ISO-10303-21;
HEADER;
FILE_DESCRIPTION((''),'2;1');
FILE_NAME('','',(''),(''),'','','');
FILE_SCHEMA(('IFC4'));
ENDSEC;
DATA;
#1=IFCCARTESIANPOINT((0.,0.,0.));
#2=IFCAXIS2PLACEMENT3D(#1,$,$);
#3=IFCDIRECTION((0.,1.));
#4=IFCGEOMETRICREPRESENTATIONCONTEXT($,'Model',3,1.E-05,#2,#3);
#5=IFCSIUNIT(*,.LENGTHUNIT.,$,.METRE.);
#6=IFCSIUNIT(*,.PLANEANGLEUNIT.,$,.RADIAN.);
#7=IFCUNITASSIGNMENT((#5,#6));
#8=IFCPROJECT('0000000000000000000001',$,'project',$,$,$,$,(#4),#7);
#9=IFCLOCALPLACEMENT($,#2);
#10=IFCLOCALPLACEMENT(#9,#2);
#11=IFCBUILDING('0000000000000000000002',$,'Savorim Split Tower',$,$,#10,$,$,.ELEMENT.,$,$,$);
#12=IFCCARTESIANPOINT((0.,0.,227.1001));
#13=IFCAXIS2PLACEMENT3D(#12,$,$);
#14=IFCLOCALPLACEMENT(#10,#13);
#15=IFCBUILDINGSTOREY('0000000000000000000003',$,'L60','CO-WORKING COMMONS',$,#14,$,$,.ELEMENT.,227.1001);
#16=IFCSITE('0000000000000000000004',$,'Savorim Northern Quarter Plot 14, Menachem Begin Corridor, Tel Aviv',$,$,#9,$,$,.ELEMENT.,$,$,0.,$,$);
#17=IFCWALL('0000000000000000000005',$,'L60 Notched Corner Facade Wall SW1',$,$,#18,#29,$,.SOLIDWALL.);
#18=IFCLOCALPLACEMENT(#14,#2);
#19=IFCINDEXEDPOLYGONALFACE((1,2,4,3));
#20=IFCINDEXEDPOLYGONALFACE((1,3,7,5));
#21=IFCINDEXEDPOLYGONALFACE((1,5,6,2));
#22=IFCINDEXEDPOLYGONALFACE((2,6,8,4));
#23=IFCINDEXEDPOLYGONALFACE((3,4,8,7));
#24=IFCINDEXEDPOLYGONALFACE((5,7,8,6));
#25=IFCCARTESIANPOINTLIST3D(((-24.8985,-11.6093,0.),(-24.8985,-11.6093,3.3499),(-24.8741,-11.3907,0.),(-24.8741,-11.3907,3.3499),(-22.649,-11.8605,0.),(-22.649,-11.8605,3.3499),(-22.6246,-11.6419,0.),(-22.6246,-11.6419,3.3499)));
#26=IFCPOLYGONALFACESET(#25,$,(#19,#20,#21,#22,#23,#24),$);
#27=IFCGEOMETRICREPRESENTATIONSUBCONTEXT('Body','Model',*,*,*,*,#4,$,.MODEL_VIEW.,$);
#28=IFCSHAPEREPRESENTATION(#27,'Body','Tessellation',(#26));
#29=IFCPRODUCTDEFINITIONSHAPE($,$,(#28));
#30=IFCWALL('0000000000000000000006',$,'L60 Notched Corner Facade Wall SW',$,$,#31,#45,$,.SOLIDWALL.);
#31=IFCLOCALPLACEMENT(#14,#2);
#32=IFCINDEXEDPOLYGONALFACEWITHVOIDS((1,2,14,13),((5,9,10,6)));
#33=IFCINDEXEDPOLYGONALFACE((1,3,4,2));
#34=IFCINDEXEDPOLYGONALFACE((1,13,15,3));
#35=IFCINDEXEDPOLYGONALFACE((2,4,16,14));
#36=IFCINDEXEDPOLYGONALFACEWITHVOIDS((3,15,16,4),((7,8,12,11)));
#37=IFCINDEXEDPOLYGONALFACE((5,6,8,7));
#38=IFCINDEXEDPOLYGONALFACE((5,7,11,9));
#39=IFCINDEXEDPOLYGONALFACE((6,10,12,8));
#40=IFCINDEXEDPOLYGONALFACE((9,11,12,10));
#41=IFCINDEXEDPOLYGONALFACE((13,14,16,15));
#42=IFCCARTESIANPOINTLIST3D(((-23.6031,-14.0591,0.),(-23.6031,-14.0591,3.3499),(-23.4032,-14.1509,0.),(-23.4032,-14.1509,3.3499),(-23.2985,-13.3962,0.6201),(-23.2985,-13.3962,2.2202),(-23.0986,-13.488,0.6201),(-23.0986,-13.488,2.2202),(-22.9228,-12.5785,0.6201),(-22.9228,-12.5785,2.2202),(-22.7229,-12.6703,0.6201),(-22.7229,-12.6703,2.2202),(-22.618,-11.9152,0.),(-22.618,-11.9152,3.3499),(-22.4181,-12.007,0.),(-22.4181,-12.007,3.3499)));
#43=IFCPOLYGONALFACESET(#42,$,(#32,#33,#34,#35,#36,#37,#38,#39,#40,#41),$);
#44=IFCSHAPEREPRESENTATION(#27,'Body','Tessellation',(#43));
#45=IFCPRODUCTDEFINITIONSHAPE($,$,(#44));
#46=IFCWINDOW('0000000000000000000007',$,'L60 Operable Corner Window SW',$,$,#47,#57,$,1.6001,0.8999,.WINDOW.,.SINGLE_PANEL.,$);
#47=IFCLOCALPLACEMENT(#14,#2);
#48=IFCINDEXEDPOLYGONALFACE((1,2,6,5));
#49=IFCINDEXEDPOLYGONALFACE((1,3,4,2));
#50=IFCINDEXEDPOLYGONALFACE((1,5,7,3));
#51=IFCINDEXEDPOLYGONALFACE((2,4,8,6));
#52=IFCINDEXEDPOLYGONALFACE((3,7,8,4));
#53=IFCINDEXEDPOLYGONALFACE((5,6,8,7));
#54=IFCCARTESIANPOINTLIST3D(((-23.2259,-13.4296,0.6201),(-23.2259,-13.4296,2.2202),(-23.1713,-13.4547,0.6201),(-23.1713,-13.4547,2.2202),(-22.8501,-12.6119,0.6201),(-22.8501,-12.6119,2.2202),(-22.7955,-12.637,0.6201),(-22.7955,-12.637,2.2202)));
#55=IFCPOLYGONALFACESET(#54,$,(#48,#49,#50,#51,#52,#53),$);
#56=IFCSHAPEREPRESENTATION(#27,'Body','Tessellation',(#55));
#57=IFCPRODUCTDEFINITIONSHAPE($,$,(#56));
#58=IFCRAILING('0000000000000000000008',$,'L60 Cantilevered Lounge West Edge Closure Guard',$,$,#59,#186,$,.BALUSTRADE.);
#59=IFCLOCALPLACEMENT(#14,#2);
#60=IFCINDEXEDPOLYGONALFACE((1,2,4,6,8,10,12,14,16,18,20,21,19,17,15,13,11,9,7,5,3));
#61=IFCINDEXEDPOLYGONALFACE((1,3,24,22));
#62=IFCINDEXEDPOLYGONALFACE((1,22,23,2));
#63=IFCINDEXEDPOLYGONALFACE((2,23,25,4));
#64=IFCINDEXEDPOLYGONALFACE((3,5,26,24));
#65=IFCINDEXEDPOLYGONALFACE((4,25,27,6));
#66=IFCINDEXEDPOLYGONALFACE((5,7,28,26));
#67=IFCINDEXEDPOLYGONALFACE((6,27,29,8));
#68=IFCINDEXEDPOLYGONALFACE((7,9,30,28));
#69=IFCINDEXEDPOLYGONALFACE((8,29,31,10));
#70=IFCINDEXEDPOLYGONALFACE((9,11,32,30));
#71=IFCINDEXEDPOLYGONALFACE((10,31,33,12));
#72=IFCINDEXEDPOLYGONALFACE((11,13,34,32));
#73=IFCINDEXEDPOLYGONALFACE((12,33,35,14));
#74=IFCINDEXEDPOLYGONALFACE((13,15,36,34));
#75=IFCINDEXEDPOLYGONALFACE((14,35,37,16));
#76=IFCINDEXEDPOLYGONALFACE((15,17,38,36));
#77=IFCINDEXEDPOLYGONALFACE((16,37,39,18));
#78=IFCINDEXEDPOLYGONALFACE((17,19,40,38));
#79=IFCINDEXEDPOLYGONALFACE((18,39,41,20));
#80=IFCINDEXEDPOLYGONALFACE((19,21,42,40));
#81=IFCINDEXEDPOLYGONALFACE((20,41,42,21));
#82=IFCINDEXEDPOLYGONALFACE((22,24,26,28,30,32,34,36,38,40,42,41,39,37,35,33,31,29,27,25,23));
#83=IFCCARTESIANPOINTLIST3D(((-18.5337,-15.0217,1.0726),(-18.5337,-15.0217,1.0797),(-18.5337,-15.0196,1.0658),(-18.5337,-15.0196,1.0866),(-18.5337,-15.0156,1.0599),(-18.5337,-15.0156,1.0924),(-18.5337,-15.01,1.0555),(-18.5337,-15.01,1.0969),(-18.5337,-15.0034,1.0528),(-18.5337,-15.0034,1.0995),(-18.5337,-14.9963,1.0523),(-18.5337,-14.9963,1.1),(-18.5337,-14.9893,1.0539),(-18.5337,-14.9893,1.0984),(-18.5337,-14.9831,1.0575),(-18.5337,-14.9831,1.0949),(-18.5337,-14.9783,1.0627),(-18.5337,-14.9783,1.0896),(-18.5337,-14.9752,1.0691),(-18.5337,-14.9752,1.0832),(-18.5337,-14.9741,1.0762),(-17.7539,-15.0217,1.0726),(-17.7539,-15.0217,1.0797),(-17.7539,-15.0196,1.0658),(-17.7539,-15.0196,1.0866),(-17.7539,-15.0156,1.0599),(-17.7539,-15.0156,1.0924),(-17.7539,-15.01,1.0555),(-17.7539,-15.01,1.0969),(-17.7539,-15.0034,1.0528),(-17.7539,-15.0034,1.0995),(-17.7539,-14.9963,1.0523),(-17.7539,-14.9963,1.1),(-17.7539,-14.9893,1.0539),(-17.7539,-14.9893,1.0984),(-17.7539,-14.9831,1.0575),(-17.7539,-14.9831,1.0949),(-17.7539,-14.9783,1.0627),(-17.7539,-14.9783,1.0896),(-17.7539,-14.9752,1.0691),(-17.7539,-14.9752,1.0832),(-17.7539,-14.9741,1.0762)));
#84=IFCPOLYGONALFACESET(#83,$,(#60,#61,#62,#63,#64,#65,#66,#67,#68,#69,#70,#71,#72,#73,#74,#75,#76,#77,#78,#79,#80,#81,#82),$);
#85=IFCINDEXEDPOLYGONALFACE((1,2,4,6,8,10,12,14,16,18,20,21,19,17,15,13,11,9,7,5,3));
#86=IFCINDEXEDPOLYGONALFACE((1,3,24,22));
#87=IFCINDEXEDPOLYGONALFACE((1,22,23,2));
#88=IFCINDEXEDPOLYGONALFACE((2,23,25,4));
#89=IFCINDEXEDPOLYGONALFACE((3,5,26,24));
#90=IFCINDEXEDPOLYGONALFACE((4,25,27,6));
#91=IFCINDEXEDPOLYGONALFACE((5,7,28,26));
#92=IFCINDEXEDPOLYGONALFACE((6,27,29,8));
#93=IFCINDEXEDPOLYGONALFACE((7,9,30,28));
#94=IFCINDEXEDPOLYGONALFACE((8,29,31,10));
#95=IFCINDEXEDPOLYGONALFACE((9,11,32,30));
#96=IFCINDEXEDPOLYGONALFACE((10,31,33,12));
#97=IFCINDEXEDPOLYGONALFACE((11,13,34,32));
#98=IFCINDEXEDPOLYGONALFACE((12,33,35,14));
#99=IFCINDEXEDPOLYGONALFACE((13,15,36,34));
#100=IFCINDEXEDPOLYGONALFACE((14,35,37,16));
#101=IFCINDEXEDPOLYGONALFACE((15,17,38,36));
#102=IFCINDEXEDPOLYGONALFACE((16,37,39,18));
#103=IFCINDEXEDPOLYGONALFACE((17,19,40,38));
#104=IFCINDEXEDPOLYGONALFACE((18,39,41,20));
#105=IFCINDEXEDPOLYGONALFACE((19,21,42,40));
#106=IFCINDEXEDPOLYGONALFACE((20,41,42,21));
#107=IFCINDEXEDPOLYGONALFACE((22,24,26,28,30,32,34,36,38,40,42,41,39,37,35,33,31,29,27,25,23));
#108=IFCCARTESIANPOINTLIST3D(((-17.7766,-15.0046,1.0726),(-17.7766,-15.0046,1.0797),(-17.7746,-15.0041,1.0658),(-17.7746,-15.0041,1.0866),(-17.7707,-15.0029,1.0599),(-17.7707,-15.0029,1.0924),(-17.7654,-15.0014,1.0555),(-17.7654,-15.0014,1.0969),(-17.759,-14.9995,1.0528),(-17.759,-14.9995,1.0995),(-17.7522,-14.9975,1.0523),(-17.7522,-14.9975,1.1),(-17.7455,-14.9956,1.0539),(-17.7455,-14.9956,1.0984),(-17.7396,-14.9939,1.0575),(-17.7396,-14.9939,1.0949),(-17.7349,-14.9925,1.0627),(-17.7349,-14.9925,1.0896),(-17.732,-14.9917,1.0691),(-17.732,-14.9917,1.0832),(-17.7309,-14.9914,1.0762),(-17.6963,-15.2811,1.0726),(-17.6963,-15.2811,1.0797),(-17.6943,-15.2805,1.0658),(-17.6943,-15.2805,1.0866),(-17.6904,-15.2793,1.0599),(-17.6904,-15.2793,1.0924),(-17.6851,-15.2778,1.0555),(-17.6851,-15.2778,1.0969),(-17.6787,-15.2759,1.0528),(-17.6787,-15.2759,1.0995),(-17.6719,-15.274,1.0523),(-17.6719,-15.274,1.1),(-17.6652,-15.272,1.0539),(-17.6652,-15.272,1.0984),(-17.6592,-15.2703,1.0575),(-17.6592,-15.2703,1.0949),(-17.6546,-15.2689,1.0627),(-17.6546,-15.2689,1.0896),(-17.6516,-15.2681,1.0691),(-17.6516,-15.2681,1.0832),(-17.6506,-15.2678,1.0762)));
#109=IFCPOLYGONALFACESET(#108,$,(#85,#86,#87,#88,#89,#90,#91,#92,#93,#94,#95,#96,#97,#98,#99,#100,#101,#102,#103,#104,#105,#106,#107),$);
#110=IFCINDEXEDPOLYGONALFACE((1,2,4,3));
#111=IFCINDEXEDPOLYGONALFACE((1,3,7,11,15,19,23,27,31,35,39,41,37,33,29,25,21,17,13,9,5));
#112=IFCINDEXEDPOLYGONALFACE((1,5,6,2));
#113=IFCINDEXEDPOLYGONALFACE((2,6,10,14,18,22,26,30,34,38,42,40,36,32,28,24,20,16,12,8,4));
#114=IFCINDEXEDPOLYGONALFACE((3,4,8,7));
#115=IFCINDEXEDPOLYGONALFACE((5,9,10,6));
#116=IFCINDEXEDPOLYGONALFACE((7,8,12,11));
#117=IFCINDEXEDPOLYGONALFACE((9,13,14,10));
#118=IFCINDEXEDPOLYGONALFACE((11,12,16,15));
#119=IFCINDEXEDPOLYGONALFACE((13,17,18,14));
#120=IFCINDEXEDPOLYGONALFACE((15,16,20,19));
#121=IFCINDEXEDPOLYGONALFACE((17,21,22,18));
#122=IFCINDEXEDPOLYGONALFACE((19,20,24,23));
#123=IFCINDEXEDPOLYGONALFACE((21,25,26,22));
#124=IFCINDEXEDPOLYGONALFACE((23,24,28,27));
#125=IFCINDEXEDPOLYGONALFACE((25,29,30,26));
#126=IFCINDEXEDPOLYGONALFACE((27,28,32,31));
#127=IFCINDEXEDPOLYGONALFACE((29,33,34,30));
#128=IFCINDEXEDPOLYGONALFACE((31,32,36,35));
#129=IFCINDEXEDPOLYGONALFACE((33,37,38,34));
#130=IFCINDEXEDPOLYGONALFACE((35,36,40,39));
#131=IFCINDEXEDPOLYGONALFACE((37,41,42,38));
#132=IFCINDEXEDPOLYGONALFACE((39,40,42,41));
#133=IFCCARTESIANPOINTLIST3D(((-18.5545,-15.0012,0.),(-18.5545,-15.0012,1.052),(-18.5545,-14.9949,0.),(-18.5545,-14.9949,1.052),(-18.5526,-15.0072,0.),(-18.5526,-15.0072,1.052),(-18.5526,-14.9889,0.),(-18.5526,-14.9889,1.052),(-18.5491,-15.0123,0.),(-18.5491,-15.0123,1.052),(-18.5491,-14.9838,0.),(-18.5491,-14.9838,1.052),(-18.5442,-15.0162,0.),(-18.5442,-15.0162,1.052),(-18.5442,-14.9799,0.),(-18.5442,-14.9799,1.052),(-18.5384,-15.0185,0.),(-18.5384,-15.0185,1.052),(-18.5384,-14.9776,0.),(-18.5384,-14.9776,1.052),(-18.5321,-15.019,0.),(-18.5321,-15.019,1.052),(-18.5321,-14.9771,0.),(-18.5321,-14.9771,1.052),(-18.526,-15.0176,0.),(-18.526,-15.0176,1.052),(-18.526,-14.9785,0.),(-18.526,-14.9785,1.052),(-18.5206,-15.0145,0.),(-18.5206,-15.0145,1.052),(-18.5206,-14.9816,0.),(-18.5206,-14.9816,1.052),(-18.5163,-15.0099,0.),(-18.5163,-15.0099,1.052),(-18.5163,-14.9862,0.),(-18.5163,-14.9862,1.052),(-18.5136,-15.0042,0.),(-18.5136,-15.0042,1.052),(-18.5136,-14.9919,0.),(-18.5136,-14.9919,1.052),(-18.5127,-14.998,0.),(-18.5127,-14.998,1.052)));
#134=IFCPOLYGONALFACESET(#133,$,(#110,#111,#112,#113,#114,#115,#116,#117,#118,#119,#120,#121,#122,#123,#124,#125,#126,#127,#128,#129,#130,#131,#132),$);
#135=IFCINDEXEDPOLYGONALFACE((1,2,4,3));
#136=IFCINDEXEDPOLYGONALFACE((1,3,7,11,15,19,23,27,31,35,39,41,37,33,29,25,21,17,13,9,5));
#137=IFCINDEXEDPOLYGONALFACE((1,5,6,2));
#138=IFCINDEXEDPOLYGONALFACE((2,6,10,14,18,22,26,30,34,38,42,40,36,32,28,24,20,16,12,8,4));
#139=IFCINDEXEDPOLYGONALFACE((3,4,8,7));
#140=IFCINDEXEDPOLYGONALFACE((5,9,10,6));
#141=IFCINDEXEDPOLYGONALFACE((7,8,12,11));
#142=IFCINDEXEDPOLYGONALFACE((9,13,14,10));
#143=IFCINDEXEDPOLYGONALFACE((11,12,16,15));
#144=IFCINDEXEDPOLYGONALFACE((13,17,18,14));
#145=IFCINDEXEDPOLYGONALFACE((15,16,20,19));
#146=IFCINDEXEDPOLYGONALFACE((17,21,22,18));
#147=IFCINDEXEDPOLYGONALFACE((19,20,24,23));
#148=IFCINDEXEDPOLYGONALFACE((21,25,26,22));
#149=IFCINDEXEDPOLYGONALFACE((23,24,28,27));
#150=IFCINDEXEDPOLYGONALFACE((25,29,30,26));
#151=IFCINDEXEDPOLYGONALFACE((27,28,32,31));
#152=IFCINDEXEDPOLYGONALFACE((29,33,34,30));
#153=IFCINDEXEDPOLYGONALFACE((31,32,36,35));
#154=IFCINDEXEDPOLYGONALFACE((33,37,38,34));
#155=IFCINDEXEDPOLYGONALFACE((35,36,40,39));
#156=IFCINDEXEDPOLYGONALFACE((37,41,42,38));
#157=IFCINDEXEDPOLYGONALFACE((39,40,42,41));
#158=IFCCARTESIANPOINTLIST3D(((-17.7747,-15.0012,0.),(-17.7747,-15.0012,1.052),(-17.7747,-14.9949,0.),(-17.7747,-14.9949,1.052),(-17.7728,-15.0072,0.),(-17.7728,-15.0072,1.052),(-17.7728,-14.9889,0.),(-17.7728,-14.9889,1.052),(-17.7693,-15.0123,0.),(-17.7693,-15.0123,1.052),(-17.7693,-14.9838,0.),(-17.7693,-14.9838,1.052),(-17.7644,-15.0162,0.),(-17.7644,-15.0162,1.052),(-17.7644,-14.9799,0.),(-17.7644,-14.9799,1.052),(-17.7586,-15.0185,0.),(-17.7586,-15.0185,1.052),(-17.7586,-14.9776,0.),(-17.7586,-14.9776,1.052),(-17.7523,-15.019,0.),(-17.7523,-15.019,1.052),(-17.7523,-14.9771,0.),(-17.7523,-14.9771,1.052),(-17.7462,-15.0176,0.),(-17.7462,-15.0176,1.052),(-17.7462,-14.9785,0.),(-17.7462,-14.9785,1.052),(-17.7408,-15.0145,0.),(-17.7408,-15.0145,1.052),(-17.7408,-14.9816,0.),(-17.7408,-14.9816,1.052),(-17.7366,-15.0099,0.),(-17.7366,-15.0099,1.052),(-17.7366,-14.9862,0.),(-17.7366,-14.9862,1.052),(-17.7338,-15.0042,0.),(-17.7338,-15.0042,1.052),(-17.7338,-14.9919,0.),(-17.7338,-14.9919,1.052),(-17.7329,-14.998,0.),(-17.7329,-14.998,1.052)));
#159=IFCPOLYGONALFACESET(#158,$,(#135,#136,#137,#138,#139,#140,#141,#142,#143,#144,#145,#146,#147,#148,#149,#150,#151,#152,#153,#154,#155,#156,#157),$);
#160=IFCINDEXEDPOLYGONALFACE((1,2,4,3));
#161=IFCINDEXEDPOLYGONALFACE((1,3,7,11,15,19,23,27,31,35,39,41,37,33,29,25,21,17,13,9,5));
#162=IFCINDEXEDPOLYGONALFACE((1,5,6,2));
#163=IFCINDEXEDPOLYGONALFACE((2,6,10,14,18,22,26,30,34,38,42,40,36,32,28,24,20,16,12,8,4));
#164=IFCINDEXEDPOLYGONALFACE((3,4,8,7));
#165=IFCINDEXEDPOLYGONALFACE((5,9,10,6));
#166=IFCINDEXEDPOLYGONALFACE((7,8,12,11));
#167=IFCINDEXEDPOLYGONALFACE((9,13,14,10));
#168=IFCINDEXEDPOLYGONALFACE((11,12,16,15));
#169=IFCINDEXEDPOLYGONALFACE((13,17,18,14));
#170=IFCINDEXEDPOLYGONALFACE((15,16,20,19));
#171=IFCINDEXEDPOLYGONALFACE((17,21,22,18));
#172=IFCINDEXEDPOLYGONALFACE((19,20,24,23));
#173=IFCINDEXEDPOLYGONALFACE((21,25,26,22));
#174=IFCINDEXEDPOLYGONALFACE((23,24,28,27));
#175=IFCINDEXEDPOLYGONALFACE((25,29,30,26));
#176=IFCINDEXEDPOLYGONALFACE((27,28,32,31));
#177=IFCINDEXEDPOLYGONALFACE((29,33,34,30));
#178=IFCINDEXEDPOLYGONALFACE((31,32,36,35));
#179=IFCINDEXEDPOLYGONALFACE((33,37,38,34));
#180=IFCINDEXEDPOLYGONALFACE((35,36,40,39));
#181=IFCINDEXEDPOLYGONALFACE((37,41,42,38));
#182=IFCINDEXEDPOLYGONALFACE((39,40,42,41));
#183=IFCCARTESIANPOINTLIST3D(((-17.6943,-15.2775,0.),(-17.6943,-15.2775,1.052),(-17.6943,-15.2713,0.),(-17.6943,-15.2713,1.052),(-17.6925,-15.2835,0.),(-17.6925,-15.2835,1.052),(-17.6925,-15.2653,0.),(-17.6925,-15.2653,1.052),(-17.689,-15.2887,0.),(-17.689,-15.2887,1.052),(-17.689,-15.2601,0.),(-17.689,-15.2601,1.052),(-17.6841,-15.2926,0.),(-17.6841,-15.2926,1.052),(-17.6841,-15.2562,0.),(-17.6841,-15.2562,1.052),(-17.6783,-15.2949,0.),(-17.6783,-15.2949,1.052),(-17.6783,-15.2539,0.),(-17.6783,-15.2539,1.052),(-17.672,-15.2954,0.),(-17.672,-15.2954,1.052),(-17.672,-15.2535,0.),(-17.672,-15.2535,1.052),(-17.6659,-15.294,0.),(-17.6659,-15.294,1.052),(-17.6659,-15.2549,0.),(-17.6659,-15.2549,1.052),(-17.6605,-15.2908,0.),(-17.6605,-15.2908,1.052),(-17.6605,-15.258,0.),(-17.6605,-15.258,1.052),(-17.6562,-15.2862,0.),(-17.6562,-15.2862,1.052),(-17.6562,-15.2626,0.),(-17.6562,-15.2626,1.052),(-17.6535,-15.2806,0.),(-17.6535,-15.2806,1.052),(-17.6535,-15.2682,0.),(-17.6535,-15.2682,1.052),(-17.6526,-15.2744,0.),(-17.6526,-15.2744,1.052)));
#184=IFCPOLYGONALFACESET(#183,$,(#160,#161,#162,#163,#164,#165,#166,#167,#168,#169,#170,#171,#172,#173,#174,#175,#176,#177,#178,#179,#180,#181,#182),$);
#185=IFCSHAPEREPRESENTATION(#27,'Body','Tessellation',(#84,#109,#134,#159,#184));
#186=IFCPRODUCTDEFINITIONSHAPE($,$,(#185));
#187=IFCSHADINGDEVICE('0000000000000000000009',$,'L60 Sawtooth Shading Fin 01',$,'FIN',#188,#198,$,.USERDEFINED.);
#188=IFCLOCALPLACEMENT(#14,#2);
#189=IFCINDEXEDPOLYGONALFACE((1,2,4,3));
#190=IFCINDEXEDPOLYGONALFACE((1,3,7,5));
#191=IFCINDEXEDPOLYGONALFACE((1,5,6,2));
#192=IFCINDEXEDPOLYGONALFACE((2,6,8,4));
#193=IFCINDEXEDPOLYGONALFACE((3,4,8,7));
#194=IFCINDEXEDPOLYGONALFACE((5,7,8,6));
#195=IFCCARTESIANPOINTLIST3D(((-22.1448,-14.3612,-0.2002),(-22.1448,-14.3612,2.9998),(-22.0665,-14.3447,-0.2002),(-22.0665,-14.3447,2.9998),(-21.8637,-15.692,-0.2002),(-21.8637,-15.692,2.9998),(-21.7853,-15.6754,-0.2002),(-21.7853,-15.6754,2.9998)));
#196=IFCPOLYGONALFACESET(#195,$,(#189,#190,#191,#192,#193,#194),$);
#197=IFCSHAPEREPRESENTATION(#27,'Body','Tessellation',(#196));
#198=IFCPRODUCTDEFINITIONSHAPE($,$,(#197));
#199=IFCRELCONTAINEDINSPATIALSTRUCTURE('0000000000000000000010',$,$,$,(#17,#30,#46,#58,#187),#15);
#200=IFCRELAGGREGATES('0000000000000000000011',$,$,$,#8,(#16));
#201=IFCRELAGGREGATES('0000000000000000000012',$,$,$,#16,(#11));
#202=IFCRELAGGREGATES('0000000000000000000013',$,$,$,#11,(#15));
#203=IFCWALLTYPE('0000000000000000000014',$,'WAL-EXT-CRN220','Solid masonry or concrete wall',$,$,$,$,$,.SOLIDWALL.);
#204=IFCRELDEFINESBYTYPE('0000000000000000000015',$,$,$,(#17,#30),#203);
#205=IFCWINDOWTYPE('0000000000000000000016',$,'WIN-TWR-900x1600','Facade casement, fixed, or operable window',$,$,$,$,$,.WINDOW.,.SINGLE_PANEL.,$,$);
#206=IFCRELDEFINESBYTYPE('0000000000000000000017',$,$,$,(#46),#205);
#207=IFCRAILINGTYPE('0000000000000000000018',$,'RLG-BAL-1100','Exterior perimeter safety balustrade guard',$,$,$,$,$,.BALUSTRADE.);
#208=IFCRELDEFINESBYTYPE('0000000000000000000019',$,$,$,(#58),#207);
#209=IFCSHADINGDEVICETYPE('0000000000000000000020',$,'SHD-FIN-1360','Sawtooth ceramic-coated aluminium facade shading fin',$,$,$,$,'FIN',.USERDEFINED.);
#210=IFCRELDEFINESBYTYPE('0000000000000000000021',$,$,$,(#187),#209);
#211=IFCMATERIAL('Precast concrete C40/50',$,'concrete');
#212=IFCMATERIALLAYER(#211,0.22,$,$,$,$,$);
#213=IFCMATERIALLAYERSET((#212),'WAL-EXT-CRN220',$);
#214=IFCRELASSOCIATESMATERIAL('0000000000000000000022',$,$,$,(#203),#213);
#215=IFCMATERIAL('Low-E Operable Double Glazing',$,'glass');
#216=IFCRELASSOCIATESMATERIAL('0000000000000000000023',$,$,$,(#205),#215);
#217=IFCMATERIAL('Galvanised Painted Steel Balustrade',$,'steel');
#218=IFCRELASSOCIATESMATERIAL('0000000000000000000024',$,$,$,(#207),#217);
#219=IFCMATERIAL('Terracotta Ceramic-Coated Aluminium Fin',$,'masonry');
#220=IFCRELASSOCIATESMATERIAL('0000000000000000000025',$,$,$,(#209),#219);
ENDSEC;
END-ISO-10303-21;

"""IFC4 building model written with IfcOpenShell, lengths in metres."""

from ifc_helpers import new_model, si_unit, direction, frame, frame_2d, origin, origin_2d, place, context, subcontext, project, spatial, rectangle, circle, extrude, material, layer, layer_set, type_object, element, fill, save


model = new_model("IFC4")

# Units and contexts
model_context = context("Model", 3, precision=1e-05, world=origin(), true_north=direction((0.0, 1.0)))
body_context = subcontext(model_context, "Body", "Model", "MODEL_VIEW")
ifc_project = project(units=[si_unit("LENGTHUNIT", "METRE"), si_unit("PLANEANGLEUNIT", "RADIAN")], contexts=[model_context])

# Site, building, storey
site_placement = place(None, origin())
site = spatial("IfcSite", under=ifc_project, at=site_placement, Name="Savorim Northern Quarter Plot 14, Menachem Begin Corridor, Tel Aviv", CompositionType="ELEMENT", RefElevation=0.0)
building_placement = place(site_placement, origin())
building = spatial("IfcBuilding", under=site, at=building_placement, Name="Savorim Split Tower", CompositionType="ELEMENT")
storey_placement = place(building_placement, frame((0.0, 0.0, 227.1001)))
storey = spatial("IfcBuildingStorey", under=building, at=storey_placement, Name="L60", Description="CO-WORKING COMMONS", CompositionType="ELEMENT", Elevation=227.1001)

# Shared definitions
ifc_material_1 = material(Name="Low-E Operable Double Glazing", Category="glass")

# Wall
ifc_material_2 = material(Name="Precast concrete C40/50", Category="concrete")
ifc_layer_1 = layer(ifc_material_2, 0.22)
ifc_layer_set_1 = layer_set([ifc_layer_1], Name="WAL-EXT-CRN220")
wall_type = type_object("IfcWallType", Name="WAL-EXT-CRN220", Description="Solid masonry or concrete wall", PredefinedType="SOLIDWALL", material=ifc_layer_set_1)
wall_1_placement = place(storey_placement, frame((-22.6367, -11.7512, 0.0), z_axis=(0.0, 0.0, 1.0), x_axis=(-0.993822, 0.110988, 0.0)))
element("IfcWall", 1, at=wall_1_placement, inside=storey, type_object=wall_type, Name="L60 Notched Corner Facade Wall SW1", PredefinedType="SOLIDWALL", context=body_context, shape_type="SweptSolid", body=[
    extrude(rectangle(XDim=2.2634, YDim=0.22, at=frame_2d((1.1318, 0.0))), origin(), (0.0, 0.0, 1.0), 3.3499),
])

# Wall, opening, window
wall_2_placement = place(storey_placement, frame((-23.5032, -14.105, 0.0), z_axis=(0.0, 0.0, 1.0), x_axis=(0.417542, 0.908658, 0.0)))
wall_2 = element("IfcWall", 2, at=wall_2_placement, inside=storey, type_object=wall_type, Name="L60 Notched Corner Facade Wall SW", PredefinedType="SOLIDWALL", context=body_context, shape_type="SweptSolid", body=[
    extrude(rectangle(XDim=2.3594, YDim=0.22, at=frame_2d((1.1797, 0.0))), origin(), (0.0, 0.0, 1.0), 3.3499),
])
opening_placement = place(wall_2_placement, frame((0.7295, 0.0, 0.6201)))
opening = element("IfcOpeningElement", 3, at=opening_placement, cuts=wall_2, PredefinedType="OPENING", context=body_context, shape_type="SweptSolid", body=[
    extrude(rectangle(XDim=0.8999, YDim=1.6001, at=frame_2d((0.45, 0.8))), frame((0.0, 0.1199, 0.0), z_axis=(0.0, -1.0, 0.0), x_axis=(1.0, 0.0, 0.0)), (0.0, 0.0, 1.0), 0.24),
])
window_type = type_object("IfcWindowType", Name="WIN-TWR-900x1600", Description="Facade casement, fixed, or operable window", PartitioningType="SINGLE_PANEL", PredefinedType="WINDOW", material=ifc_material_1)
window_placement = place(opening_placement, origin())
window = element("IfcWindow", 4, at=window_placement, inside=storey, type_object=window_type, Name="L60 Operable Corner Window SW", OverallHeight=1.6001, OverallWidth=0.8999, PartitioningType="SINGLE_PANEL", PredefinedType="WINDOW", context=body_context, shape_type="SweptSolid", body=[
    extrude(rectangle(XDim=0.8999, YDim=1.6001, at=frame_2d((0.45, 0.8))), frame((0.0, 0.03, 0.0), z_axis=(0.0, -1.0, 0.0), x_axis=(1.0, 0.0, 0.0)), (0.0, 0.0, 1.0), 0.0601),
])
fill(opening, window)

# Railing
ifc_material_3 = material(Name="Galvanised Painted Steel Balustrade", Category="steel")
railing_type = type_object("IfcRailingType", Name="RLG-BAL-1100", Description="Exterior perimeter safety balustrade guard", PredefinedType="BALUSTRADE", material=ifc_material_3)
railing_placement = place(storey_placement, frame((-18.5337, -14.998, 0.0)))
element("IfcRailing", 5, at=railing_placement, inside=storey, type_object=railing_type, Name="L60 Cantilevered Lounge West Edge Closure Guard", PredefinedType="BALUSTRADE", context=body_context, shape_type="SweptSolid", body=[
    extrude(circle(Radius=0.0239, at=origin_2d()), frame((0.0, 0.0, 1.0762), z_axis=(1.0, 0.0, 0.0), x_axis=(0.0, 1.0, 0.0)), (0.0, 0.0, 1.0), 0.7798),
    extrude(circle(Radius=0.0239, at=origin_2d()), frame((0.7798, 0.0, 1.0762), z_axis=(0.279088, -0.960266, 0.0), x_axis=(0.960266, 0.279088, 0.0)), (0.0, 0.0, 1.0), 0.2878),
    extrude(circle(Radius=0.021, at=origin_2d()), origin(), (0.0, 0.0, 1.0), 1.052),
    extrude(circle(Radius=0.021, at=origin_2d()), frame((0.7798, 0.0, 0.0)), (0.0, 0.0, 1.0), 1.052),
    extrude(circle(Radius=0.021, at=origin_2d()), frame((0.8601, -0.2764, 0.0)), (0.0, 0.0, 1.0), 1.052),
])

# Shading device
ifc_material_4 = material(Name="Terracotta Ceramic-Coated Aluminium Fin", Category="masonry")
shading_device_type = type_object("IfcShadingDeviceType", Name="SHD-FIN-1360", Description="Sawtooth ceramic-coated aluminium facade shading fin", ElementType="FIN", PredefinedType="USERDEFINED", material=ifc_material_4)
shading_device_placement = place(storey_placement, frame((-21.9651, -15.0183, -0.2002), z_axis=(0.0, 0.0, 1.0), x_axis=(0.206722, -0.9784, 0.0)))
element("IfcShadingDevice", 6, at=shading_device_placement, inside=storey, type_object=shading_device_type, Name="L60 Sawtooth Shading Fin 01", ObjectType="FIN", PredefinedType="USERDEFINED", context=body_context, shape_type="SweptSolid", body=[
    extrude(rectangle(XDim=1.3601, YDim=0.0801, at=origin_2d()), origin(), (0.0, 0.0, 1.0), 3.2),
])

save(model, "model.ifc")
